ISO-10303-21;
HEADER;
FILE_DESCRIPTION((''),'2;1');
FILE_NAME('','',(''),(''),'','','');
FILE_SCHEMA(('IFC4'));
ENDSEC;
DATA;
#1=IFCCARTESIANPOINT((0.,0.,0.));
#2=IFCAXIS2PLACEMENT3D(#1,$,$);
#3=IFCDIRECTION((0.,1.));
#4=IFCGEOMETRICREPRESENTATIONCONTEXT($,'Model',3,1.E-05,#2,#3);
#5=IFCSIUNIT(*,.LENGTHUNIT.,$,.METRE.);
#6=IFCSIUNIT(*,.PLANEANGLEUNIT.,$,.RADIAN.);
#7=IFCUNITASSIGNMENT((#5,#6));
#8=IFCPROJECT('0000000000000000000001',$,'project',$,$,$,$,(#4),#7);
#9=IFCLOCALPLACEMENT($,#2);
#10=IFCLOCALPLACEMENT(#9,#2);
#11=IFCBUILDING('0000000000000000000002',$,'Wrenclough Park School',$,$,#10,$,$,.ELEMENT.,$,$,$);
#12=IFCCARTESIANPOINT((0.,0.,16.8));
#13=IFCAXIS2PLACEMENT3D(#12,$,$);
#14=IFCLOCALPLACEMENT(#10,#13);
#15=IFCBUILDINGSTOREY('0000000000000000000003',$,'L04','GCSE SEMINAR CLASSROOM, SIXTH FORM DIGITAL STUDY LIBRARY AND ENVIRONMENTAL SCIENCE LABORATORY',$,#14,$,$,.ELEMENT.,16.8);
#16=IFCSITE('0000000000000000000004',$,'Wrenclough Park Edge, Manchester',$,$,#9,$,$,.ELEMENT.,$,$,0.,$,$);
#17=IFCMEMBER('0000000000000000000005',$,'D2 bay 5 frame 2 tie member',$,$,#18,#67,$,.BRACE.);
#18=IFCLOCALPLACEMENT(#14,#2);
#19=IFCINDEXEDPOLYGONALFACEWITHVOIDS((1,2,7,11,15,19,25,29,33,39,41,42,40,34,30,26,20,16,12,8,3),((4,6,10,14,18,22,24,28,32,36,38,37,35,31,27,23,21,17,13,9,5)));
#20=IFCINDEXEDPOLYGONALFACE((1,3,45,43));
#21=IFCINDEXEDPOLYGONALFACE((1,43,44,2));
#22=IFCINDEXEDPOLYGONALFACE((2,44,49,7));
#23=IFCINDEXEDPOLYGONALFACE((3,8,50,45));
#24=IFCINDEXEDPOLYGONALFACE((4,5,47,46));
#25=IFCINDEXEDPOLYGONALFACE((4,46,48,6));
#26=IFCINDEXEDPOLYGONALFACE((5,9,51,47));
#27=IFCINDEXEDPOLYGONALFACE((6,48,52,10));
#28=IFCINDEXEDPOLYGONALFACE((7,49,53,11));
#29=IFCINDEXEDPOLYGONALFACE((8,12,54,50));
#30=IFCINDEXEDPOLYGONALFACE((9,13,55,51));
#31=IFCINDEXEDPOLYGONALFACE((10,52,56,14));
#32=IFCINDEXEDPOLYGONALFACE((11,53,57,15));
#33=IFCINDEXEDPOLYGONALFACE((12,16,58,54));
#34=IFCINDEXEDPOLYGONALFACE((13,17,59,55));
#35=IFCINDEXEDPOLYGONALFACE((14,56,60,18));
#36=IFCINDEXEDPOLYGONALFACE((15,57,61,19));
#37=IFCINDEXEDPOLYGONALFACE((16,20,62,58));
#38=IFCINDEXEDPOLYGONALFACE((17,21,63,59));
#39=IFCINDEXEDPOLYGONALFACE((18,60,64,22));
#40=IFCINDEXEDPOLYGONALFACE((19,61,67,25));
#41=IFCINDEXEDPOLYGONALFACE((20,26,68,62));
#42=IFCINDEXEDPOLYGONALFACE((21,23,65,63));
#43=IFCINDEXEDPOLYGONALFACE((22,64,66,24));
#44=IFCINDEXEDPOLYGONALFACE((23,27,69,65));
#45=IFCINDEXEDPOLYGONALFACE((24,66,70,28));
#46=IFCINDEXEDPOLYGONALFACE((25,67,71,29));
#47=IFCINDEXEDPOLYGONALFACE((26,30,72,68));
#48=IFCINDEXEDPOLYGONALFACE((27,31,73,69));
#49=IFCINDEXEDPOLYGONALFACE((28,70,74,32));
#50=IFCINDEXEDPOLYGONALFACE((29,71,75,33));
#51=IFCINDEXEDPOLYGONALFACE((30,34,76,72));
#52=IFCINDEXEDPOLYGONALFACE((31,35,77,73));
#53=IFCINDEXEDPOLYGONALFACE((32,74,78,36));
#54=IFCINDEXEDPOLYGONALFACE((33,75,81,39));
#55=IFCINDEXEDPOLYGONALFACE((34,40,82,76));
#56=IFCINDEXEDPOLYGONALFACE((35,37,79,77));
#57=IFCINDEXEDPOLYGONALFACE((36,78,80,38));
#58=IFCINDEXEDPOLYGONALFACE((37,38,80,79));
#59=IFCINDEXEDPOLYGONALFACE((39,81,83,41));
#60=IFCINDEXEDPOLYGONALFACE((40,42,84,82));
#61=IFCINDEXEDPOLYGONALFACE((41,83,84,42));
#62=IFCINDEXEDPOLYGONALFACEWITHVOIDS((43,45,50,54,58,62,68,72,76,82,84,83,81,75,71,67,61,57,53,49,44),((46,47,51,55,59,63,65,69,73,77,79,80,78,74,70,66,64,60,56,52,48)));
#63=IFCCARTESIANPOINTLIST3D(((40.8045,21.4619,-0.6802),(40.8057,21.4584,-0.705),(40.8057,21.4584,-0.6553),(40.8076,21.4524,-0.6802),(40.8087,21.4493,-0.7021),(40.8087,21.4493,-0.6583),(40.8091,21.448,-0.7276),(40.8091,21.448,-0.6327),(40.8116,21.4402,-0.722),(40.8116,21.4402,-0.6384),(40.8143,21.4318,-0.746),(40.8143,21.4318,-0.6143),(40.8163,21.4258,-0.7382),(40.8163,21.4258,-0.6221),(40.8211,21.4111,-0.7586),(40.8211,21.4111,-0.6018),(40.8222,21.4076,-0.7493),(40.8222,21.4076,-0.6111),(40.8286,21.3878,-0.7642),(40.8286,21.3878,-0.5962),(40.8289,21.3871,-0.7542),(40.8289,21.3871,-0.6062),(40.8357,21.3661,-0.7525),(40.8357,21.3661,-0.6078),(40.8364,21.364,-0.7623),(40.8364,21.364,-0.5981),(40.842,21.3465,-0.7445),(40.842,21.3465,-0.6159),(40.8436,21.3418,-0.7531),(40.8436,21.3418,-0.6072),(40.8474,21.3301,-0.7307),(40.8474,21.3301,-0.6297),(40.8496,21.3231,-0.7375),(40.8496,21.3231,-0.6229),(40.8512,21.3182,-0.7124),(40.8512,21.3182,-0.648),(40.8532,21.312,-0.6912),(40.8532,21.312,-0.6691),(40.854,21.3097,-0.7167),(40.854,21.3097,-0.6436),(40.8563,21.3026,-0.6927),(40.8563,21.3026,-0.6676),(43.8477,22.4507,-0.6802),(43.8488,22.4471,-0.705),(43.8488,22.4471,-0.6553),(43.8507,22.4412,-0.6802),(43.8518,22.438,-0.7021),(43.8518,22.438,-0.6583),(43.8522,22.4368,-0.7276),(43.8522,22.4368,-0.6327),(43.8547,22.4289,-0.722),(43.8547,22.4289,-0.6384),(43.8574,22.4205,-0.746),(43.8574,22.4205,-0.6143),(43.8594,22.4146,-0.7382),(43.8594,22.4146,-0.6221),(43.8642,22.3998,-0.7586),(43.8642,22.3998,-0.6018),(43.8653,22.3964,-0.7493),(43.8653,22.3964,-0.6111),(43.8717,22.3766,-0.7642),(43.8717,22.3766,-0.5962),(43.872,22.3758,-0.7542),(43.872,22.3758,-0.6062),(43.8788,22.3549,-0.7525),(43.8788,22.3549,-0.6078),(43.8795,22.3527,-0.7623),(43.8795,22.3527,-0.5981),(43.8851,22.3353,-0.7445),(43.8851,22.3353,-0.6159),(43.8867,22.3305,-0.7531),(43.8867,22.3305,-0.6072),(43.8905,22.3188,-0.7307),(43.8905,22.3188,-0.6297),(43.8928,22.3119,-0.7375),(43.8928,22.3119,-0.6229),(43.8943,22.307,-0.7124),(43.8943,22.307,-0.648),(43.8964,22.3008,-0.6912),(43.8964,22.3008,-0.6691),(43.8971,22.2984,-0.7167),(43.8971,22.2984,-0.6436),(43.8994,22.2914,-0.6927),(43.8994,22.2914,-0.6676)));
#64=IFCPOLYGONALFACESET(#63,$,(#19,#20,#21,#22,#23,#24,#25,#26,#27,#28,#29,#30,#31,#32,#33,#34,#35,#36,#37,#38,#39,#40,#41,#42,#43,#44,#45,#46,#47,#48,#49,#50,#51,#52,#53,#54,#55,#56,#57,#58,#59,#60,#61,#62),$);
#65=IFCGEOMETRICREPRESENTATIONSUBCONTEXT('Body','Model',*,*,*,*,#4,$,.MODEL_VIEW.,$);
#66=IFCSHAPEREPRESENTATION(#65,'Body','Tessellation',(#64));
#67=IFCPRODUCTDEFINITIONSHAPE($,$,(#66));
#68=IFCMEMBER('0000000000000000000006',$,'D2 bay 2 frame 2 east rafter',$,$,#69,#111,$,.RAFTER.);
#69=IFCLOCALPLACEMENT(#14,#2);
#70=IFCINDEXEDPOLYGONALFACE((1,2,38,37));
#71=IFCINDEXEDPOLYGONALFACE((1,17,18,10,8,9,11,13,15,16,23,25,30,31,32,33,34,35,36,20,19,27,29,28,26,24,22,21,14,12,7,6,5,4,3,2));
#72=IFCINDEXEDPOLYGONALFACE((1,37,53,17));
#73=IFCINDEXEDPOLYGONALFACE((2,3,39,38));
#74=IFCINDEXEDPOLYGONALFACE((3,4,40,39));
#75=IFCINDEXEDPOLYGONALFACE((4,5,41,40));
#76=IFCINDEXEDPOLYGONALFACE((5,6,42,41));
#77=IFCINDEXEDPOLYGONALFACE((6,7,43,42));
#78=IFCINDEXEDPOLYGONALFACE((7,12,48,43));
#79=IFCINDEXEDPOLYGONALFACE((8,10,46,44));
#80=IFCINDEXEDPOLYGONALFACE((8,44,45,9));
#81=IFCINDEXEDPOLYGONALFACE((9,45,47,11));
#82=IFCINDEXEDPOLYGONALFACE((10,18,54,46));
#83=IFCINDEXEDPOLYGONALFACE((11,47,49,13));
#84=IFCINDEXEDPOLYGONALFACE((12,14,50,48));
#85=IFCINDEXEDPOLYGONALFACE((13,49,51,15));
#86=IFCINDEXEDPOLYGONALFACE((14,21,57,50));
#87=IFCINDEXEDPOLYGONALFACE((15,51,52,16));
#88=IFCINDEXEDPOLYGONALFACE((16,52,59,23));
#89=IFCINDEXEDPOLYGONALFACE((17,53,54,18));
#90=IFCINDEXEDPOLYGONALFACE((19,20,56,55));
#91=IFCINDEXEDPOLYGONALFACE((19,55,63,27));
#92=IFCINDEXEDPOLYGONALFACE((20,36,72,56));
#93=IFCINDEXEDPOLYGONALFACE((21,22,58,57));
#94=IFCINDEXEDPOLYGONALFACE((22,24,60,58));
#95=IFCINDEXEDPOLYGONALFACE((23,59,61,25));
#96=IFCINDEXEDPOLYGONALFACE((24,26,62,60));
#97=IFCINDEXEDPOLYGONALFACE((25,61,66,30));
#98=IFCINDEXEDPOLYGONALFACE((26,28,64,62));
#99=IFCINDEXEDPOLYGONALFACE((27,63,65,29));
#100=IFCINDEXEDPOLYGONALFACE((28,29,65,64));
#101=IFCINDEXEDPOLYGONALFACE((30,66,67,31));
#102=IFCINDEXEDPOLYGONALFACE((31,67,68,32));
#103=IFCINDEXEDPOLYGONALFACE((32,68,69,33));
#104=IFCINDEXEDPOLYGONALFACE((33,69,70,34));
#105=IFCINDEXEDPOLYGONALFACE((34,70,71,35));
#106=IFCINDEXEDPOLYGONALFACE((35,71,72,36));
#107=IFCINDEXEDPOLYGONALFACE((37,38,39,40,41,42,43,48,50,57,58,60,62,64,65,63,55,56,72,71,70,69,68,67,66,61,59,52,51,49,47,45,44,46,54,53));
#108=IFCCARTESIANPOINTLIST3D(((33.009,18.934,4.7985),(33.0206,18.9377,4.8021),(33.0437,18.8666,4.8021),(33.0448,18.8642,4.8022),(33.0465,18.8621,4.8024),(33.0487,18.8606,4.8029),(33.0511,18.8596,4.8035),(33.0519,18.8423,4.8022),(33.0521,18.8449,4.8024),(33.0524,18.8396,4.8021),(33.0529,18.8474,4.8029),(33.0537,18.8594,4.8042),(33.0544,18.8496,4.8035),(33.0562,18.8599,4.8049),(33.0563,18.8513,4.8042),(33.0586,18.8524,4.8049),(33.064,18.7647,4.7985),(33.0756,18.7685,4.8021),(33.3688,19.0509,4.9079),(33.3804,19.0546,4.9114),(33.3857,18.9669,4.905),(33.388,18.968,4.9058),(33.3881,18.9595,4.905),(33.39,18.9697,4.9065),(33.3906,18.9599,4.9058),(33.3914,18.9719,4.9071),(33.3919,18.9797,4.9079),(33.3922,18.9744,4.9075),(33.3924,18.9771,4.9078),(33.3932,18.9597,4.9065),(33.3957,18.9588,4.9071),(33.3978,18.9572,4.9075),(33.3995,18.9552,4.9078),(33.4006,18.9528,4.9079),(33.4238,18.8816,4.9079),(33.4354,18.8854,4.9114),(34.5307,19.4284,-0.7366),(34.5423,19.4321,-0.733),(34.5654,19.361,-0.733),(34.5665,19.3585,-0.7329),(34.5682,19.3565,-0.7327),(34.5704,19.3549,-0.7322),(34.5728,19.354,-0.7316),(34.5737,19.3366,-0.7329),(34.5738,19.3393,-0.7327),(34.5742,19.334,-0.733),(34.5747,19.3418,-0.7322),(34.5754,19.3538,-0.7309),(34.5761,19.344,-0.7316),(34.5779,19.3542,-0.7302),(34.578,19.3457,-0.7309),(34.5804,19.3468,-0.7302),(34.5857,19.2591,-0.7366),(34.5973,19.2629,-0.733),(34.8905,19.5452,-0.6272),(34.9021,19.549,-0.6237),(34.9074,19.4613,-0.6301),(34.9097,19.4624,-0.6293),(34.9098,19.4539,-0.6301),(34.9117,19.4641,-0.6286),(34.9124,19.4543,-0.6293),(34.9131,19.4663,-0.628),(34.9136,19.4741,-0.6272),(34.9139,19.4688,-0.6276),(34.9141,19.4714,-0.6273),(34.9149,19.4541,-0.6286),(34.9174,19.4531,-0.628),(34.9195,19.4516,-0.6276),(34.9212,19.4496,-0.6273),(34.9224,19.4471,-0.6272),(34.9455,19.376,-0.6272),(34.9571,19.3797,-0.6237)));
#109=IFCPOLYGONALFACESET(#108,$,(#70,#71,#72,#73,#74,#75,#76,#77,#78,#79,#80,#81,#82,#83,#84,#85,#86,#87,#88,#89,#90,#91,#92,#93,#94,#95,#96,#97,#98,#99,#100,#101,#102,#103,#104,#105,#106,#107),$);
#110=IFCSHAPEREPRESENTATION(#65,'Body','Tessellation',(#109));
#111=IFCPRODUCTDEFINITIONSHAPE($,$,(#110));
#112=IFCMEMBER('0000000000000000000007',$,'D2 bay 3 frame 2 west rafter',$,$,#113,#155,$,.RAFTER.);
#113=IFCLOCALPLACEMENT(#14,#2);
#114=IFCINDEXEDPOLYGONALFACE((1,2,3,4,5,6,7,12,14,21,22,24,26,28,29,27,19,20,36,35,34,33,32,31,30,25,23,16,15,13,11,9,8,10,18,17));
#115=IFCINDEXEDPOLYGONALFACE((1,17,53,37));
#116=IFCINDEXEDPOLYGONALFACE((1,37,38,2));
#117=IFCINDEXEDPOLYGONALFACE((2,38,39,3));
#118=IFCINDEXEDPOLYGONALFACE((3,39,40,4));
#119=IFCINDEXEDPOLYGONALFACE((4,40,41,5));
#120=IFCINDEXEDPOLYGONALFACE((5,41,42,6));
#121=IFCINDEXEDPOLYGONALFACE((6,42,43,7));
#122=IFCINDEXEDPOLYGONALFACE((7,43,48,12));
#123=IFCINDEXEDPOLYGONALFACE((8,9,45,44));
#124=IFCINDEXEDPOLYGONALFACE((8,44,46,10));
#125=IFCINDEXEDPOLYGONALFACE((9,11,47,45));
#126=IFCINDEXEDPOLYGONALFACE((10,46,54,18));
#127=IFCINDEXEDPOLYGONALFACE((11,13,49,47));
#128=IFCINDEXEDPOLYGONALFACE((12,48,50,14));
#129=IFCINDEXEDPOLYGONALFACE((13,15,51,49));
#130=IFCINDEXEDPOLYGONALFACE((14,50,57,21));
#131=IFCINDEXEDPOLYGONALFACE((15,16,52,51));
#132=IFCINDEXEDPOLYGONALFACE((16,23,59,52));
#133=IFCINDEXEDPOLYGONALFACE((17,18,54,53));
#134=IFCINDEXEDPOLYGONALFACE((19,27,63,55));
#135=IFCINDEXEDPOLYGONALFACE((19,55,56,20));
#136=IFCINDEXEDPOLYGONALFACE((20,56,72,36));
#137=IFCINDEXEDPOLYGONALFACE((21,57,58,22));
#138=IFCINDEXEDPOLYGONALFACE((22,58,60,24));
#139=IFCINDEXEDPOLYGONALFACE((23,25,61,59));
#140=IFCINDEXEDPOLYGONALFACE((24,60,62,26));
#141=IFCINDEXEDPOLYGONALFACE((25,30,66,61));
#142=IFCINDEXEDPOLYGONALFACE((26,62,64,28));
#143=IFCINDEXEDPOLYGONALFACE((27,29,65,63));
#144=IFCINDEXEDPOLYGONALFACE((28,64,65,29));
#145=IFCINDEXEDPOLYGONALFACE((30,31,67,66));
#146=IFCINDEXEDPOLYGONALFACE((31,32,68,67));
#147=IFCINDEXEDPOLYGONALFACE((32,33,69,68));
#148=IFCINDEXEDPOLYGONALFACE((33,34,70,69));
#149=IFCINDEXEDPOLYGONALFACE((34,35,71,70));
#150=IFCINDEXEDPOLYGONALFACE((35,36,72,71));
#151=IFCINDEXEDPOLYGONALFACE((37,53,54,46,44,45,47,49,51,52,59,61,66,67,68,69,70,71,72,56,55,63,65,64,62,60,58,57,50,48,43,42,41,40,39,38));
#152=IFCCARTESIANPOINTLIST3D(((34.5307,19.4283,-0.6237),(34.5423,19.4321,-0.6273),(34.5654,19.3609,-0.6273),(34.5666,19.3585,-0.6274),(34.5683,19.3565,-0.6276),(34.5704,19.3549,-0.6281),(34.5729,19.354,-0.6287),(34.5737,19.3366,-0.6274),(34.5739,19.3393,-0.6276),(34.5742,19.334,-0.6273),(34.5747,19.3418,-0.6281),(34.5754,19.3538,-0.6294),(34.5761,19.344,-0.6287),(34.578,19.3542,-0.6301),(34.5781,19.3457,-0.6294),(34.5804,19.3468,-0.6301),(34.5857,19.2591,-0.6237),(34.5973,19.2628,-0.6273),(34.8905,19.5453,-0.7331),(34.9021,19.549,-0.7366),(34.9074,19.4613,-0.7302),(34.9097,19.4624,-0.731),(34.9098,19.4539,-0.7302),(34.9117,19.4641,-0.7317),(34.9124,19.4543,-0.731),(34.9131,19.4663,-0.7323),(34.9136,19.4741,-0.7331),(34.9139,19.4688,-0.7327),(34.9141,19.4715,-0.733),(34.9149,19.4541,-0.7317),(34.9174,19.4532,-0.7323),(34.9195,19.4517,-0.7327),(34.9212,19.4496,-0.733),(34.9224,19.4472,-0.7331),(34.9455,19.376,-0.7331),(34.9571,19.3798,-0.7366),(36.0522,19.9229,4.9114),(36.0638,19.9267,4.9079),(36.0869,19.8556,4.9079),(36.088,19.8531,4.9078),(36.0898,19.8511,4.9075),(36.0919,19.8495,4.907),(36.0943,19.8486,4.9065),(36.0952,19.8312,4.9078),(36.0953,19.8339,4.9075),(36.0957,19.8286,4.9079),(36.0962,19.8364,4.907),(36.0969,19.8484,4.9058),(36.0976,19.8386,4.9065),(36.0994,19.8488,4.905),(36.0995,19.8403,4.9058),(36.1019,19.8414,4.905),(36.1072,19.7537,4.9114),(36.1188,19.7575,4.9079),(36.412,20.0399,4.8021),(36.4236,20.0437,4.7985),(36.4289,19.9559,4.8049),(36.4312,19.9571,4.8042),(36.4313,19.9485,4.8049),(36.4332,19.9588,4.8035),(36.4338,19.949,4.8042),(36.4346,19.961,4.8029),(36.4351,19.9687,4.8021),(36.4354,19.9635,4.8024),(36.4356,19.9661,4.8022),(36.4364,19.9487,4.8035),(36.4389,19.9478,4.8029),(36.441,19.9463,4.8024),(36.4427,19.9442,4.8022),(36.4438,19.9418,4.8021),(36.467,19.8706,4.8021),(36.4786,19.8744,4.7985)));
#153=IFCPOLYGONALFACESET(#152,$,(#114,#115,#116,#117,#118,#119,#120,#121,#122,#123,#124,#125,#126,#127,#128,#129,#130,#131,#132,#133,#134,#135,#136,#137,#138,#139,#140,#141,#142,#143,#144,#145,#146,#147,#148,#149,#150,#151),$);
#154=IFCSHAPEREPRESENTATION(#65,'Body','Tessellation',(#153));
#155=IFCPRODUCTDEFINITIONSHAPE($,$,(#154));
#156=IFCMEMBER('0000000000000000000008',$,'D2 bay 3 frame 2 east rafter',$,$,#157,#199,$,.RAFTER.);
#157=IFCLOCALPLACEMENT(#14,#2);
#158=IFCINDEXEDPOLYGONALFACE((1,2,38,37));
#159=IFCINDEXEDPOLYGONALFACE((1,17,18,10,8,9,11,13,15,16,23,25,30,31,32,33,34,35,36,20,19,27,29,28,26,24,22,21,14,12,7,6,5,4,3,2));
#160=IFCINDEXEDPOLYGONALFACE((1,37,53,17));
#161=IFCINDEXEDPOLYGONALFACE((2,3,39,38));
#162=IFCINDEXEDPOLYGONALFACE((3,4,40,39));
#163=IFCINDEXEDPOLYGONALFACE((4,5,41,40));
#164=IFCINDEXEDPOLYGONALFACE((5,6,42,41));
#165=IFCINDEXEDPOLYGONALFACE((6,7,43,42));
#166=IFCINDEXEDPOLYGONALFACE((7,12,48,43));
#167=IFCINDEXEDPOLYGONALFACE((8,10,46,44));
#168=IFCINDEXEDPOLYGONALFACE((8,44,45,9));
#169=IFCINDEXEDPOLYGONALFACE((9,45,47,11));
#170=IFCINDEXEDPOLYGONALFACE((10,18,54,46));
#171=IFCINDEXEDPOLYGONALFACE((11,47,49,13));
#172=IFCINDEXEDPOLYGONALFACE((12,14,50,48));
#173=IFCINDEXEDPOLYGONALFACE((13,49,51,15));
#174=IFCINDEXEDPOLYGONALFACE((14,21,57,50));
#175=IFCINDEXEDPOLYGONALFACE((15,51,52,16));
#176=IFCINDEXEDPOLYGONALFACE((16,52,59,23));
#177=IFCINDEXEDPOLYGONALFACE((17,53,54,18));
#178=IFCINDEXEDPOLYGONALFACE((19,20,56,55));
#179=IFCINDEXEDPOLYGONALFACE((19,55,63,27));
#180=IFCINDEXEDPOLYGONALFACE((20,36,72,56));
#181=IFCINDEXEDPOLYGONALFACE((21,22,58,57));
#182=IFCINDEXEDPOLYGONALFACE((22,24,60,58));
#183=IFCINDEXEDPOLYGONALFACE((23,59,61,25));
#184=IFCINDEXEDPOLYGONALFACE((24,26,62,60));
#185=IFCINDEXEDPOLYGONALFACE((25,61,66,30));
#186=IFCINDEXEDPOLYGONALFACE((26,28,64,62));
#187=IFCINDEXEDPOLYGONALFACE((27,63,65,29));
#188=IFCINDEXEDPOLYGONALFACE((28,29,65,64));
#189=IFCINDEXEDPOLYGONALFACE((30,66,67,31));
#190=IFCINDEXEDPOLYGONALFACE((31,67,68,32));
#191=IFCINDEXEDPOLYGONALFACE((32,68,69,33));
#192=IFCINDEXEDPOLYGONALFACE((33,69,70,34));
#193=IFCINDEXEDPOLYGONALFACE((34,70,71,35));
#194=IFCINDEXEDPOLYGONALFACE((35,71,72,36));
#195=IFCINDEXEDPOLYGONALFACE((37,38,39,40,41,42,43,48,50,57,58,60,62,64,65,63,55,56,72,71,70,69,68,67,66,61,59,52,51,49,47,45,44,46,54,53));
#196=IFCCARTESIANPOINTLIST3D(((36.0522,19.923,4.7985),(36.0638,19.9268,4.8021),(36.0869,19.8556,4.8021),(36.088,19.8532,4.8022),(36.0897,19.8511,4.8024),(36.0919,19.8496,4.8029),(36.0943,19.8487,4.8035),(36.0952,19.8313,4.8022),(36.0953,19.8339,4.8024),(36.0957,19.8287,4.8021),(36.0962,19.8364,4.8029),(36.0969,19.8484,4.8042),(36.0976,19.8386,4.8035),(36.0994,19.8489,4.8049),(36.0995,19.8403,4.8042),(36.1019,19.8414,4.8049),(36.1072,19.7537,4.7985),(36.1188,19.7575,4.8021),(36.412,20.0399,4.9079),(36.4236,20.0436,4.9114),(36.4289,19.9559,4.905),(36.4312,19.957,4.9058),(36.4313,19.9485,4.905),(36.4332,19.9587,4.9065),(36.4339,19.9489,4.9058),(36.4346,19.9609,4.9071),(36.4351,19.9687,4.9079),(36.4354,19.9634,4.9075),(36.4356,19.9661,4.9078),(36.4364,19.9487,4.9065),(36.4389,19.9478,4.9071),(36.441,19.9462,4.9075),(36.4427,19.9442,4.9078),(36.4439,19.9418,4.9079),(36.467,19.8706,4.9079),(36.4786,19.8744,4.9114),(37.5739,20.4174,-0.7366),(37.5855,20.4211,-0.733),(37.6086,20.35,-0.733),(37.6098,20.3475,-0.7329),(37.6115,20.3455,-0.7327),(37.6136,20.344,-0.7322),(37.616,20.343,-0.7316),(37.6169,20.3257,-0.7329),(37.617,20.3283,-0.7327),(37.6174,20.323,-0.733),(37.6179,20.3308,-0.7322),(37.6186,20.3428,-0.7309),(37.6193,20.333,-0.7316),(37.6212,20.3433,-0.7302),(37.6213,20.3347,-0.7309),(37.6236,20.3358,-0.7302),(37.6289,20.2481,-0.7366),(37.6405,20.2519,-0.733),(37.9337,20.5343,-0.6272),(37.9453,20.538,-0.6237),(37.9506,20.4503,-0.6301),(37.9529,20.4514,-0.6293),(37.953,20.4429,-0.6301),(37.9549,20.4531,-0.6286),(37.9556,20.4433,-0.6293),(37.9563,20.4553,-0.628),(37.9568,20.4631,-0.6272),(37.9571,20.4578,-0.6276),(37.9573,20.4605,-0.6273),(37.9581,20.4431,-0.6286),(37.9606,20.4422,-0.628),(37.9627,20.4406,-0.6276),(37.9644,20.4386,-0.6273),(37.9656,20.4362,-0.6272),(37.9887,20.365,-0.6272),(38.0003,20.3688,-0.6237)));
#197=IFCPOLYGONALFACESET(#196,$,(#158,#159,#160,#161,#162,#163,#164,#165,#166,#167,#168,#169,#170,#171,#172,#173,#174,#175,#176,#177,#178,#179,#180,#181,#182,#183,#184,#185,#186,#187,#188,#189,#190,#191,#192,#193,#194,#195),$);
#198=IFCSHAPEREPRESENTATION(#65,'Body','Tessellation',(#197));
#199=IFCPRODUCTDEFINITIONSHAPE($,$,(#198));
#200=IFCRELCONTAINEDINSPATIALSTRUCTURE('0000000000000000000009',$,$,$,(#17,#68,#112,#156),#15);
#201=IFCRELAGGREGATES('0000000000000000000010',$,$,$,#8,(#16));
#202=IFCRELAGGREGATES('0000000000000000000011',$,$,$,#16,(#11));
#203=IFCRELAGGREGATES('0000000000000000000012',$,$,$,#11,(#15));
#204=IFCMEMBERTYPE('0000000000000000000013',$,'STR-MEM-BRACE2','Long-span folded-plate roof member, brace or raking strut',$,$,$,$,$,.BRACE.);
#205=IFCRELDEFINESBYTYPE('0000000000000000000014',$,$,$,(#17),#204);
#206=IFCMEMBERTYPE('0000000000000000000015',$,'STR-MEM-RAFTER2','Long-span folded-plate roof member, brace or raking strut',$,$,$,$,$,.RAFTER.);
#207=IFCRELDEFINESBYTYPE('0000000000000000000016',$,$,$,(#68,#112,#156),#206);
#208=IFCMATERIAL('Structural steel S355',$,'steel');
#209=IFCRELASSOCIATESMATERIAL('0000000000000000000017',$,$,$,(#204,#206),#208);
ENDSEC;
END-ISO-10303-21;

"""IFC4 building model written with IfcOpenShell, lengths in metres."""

from ifc_helpers import new_model, si_unit, direction, frame, origin, origin_2d, place, context, subcontext, project, spatial, hollow_circle, i_section, extrude, material, material_profile, profile_set, type_object, element, save


model = new_model("IFC4")

# Units and contexts
model_context = context("Model", 3, precision=1e-05, world=origin(), true_north=direction((0.0, 1.0)))
body_context = subcontext(model_context, "Body", "Model", "MODEL_VIEW")
ifc_project = project(units=[si_unit("LENGTHUNIT", "METRE"), si_unit("PLANEANGLEUNIT", "RADIAN")], contexts=[model_context])

# Site, building, storey
site_placement = place(None, origin())
site = spatial("IfcSite", under=ifc_project, at=site_placement, Name="Wrenclough Park Edge, Manchester", CompositionType="ELEMENT", RefElevation=0.0)
building_placement = place(site_placement, origin())
building = spatial("IfcBuilding", under=site, at=building_placement, Name="Wrenclough Park School", CompositionType="ELEMENT")
storey_placement = place(building_placement, frame((0.0, 0.0, 16.8)))
storey = spatial("IfcBuildingStorey", under=building, at=storey_placement, Name="L04", Description="GCSE SEMINAR CLASSROOM, SIXTH FORM DIGITAL STUDY LIBRARY AND ENVIRONMENTAL SCIENCE LABORATORY", CompositionType="ELEMENT", Elevation=16.8)

# Members
ifc_material = material(Name="Structural steel S355", Category="steel")
ifc_material_profile_1 = material_profile(ifc_material, hollow_circle(Radius=0.0842, WallThickness=0.01, at=origin_2d()), Name="CHS 168.3x10.0")
ifc_profile_set_1 = profile_set([ifc_material_profile_1], Name="Structural steel S355")
member_type_1 = type_object("IfcMemberType", Name="STR-MEM-BRACE2", Description="Long-span folded-plate roof member, brace or raking strut", PredefinedType="BRACE", material=ifc_profile_set_1)
member_1_placement = place(storey_placement, frame((40.8306, 21.3818, -0.6802), z_axis=(0.951059, 0.309008, 0.0), x_axis=(-0.309008, 0.951059, 0.0)))
element("IfcMember", 1, at=member_1_placement, inside=storey, type_object=member_type_1, Name="D2 bay 5 frame 2 tie member", PredefinedType="BRACE", context=body_context, shape_type="SweptSolid", body=[
    extrude(hollow_circle(Radius=0.0842, WallThickness=0.01, at=origin_2d()), origin(), (0.0, 0.0, 1.0), 3.1997),
])
ifc_material_profile_2 = material_profile(ifc_material, i_section(OverallWidth=0.178, OverallDepth=0.4065, WebThickness=0.0078, FlangeThickness=0.0127, FilletRadius=0.0103, at=origin_2d()), Name="UKB 406x178x60")
ifc_profile_set_2 = profile_set([ifc_material_profile_2], Name="Structural steel S355")
member_type_2 = type_object("IfcMemberType", Name="STR-MEM-RAFTER2", Description="Long-span folded-plate roof member, brace or raking strut", PredefinedType="RAFTER", material=ifc_profile_set_2)
for number, where, z_axis, x_axis, name in (
    (2, (33.2222, 18.9097, 4.855), (0.264108, 0.085804, -0.960669), (-0.308986, 0.951067, 0.0), "D2 bay 2 frame 2 east rafter"),
    (3, (34.7439, 19.4041, -0.6802), (0.264067, 0.085847, 0.960676), (-0.309169, 0.951007, 0.0), "D2 bay 3 frame 2 west rafter"),
    (4, (36.2654, 19.8987, 4.855), (0.264108, 0.085804, -0.960669), (-0.308986, 0.951067, 0.0), "D2 bay 3 frame 2 east rafter"),
):
    element("IfcMember", number, at=place(storey_placement, frame(where, z_axis=z_axis, x_axis=x_axis)), inside=storey, type_object=member_type_2, Name=name, PredefinedType="RAFTER", context=body_context, shape_type="SweptSolid", body=[
        extrude(i_section(OverallWidth=0.178, OverallDepth=0.4065, WebThickness=0.0078, FlangeThickness=0.0127, FilletRadius=0.0103, at=origin_2d()), origin(), (0.0, 0.0, 1.0), 5.7617),
    ])

save(model, "model.ifc")
